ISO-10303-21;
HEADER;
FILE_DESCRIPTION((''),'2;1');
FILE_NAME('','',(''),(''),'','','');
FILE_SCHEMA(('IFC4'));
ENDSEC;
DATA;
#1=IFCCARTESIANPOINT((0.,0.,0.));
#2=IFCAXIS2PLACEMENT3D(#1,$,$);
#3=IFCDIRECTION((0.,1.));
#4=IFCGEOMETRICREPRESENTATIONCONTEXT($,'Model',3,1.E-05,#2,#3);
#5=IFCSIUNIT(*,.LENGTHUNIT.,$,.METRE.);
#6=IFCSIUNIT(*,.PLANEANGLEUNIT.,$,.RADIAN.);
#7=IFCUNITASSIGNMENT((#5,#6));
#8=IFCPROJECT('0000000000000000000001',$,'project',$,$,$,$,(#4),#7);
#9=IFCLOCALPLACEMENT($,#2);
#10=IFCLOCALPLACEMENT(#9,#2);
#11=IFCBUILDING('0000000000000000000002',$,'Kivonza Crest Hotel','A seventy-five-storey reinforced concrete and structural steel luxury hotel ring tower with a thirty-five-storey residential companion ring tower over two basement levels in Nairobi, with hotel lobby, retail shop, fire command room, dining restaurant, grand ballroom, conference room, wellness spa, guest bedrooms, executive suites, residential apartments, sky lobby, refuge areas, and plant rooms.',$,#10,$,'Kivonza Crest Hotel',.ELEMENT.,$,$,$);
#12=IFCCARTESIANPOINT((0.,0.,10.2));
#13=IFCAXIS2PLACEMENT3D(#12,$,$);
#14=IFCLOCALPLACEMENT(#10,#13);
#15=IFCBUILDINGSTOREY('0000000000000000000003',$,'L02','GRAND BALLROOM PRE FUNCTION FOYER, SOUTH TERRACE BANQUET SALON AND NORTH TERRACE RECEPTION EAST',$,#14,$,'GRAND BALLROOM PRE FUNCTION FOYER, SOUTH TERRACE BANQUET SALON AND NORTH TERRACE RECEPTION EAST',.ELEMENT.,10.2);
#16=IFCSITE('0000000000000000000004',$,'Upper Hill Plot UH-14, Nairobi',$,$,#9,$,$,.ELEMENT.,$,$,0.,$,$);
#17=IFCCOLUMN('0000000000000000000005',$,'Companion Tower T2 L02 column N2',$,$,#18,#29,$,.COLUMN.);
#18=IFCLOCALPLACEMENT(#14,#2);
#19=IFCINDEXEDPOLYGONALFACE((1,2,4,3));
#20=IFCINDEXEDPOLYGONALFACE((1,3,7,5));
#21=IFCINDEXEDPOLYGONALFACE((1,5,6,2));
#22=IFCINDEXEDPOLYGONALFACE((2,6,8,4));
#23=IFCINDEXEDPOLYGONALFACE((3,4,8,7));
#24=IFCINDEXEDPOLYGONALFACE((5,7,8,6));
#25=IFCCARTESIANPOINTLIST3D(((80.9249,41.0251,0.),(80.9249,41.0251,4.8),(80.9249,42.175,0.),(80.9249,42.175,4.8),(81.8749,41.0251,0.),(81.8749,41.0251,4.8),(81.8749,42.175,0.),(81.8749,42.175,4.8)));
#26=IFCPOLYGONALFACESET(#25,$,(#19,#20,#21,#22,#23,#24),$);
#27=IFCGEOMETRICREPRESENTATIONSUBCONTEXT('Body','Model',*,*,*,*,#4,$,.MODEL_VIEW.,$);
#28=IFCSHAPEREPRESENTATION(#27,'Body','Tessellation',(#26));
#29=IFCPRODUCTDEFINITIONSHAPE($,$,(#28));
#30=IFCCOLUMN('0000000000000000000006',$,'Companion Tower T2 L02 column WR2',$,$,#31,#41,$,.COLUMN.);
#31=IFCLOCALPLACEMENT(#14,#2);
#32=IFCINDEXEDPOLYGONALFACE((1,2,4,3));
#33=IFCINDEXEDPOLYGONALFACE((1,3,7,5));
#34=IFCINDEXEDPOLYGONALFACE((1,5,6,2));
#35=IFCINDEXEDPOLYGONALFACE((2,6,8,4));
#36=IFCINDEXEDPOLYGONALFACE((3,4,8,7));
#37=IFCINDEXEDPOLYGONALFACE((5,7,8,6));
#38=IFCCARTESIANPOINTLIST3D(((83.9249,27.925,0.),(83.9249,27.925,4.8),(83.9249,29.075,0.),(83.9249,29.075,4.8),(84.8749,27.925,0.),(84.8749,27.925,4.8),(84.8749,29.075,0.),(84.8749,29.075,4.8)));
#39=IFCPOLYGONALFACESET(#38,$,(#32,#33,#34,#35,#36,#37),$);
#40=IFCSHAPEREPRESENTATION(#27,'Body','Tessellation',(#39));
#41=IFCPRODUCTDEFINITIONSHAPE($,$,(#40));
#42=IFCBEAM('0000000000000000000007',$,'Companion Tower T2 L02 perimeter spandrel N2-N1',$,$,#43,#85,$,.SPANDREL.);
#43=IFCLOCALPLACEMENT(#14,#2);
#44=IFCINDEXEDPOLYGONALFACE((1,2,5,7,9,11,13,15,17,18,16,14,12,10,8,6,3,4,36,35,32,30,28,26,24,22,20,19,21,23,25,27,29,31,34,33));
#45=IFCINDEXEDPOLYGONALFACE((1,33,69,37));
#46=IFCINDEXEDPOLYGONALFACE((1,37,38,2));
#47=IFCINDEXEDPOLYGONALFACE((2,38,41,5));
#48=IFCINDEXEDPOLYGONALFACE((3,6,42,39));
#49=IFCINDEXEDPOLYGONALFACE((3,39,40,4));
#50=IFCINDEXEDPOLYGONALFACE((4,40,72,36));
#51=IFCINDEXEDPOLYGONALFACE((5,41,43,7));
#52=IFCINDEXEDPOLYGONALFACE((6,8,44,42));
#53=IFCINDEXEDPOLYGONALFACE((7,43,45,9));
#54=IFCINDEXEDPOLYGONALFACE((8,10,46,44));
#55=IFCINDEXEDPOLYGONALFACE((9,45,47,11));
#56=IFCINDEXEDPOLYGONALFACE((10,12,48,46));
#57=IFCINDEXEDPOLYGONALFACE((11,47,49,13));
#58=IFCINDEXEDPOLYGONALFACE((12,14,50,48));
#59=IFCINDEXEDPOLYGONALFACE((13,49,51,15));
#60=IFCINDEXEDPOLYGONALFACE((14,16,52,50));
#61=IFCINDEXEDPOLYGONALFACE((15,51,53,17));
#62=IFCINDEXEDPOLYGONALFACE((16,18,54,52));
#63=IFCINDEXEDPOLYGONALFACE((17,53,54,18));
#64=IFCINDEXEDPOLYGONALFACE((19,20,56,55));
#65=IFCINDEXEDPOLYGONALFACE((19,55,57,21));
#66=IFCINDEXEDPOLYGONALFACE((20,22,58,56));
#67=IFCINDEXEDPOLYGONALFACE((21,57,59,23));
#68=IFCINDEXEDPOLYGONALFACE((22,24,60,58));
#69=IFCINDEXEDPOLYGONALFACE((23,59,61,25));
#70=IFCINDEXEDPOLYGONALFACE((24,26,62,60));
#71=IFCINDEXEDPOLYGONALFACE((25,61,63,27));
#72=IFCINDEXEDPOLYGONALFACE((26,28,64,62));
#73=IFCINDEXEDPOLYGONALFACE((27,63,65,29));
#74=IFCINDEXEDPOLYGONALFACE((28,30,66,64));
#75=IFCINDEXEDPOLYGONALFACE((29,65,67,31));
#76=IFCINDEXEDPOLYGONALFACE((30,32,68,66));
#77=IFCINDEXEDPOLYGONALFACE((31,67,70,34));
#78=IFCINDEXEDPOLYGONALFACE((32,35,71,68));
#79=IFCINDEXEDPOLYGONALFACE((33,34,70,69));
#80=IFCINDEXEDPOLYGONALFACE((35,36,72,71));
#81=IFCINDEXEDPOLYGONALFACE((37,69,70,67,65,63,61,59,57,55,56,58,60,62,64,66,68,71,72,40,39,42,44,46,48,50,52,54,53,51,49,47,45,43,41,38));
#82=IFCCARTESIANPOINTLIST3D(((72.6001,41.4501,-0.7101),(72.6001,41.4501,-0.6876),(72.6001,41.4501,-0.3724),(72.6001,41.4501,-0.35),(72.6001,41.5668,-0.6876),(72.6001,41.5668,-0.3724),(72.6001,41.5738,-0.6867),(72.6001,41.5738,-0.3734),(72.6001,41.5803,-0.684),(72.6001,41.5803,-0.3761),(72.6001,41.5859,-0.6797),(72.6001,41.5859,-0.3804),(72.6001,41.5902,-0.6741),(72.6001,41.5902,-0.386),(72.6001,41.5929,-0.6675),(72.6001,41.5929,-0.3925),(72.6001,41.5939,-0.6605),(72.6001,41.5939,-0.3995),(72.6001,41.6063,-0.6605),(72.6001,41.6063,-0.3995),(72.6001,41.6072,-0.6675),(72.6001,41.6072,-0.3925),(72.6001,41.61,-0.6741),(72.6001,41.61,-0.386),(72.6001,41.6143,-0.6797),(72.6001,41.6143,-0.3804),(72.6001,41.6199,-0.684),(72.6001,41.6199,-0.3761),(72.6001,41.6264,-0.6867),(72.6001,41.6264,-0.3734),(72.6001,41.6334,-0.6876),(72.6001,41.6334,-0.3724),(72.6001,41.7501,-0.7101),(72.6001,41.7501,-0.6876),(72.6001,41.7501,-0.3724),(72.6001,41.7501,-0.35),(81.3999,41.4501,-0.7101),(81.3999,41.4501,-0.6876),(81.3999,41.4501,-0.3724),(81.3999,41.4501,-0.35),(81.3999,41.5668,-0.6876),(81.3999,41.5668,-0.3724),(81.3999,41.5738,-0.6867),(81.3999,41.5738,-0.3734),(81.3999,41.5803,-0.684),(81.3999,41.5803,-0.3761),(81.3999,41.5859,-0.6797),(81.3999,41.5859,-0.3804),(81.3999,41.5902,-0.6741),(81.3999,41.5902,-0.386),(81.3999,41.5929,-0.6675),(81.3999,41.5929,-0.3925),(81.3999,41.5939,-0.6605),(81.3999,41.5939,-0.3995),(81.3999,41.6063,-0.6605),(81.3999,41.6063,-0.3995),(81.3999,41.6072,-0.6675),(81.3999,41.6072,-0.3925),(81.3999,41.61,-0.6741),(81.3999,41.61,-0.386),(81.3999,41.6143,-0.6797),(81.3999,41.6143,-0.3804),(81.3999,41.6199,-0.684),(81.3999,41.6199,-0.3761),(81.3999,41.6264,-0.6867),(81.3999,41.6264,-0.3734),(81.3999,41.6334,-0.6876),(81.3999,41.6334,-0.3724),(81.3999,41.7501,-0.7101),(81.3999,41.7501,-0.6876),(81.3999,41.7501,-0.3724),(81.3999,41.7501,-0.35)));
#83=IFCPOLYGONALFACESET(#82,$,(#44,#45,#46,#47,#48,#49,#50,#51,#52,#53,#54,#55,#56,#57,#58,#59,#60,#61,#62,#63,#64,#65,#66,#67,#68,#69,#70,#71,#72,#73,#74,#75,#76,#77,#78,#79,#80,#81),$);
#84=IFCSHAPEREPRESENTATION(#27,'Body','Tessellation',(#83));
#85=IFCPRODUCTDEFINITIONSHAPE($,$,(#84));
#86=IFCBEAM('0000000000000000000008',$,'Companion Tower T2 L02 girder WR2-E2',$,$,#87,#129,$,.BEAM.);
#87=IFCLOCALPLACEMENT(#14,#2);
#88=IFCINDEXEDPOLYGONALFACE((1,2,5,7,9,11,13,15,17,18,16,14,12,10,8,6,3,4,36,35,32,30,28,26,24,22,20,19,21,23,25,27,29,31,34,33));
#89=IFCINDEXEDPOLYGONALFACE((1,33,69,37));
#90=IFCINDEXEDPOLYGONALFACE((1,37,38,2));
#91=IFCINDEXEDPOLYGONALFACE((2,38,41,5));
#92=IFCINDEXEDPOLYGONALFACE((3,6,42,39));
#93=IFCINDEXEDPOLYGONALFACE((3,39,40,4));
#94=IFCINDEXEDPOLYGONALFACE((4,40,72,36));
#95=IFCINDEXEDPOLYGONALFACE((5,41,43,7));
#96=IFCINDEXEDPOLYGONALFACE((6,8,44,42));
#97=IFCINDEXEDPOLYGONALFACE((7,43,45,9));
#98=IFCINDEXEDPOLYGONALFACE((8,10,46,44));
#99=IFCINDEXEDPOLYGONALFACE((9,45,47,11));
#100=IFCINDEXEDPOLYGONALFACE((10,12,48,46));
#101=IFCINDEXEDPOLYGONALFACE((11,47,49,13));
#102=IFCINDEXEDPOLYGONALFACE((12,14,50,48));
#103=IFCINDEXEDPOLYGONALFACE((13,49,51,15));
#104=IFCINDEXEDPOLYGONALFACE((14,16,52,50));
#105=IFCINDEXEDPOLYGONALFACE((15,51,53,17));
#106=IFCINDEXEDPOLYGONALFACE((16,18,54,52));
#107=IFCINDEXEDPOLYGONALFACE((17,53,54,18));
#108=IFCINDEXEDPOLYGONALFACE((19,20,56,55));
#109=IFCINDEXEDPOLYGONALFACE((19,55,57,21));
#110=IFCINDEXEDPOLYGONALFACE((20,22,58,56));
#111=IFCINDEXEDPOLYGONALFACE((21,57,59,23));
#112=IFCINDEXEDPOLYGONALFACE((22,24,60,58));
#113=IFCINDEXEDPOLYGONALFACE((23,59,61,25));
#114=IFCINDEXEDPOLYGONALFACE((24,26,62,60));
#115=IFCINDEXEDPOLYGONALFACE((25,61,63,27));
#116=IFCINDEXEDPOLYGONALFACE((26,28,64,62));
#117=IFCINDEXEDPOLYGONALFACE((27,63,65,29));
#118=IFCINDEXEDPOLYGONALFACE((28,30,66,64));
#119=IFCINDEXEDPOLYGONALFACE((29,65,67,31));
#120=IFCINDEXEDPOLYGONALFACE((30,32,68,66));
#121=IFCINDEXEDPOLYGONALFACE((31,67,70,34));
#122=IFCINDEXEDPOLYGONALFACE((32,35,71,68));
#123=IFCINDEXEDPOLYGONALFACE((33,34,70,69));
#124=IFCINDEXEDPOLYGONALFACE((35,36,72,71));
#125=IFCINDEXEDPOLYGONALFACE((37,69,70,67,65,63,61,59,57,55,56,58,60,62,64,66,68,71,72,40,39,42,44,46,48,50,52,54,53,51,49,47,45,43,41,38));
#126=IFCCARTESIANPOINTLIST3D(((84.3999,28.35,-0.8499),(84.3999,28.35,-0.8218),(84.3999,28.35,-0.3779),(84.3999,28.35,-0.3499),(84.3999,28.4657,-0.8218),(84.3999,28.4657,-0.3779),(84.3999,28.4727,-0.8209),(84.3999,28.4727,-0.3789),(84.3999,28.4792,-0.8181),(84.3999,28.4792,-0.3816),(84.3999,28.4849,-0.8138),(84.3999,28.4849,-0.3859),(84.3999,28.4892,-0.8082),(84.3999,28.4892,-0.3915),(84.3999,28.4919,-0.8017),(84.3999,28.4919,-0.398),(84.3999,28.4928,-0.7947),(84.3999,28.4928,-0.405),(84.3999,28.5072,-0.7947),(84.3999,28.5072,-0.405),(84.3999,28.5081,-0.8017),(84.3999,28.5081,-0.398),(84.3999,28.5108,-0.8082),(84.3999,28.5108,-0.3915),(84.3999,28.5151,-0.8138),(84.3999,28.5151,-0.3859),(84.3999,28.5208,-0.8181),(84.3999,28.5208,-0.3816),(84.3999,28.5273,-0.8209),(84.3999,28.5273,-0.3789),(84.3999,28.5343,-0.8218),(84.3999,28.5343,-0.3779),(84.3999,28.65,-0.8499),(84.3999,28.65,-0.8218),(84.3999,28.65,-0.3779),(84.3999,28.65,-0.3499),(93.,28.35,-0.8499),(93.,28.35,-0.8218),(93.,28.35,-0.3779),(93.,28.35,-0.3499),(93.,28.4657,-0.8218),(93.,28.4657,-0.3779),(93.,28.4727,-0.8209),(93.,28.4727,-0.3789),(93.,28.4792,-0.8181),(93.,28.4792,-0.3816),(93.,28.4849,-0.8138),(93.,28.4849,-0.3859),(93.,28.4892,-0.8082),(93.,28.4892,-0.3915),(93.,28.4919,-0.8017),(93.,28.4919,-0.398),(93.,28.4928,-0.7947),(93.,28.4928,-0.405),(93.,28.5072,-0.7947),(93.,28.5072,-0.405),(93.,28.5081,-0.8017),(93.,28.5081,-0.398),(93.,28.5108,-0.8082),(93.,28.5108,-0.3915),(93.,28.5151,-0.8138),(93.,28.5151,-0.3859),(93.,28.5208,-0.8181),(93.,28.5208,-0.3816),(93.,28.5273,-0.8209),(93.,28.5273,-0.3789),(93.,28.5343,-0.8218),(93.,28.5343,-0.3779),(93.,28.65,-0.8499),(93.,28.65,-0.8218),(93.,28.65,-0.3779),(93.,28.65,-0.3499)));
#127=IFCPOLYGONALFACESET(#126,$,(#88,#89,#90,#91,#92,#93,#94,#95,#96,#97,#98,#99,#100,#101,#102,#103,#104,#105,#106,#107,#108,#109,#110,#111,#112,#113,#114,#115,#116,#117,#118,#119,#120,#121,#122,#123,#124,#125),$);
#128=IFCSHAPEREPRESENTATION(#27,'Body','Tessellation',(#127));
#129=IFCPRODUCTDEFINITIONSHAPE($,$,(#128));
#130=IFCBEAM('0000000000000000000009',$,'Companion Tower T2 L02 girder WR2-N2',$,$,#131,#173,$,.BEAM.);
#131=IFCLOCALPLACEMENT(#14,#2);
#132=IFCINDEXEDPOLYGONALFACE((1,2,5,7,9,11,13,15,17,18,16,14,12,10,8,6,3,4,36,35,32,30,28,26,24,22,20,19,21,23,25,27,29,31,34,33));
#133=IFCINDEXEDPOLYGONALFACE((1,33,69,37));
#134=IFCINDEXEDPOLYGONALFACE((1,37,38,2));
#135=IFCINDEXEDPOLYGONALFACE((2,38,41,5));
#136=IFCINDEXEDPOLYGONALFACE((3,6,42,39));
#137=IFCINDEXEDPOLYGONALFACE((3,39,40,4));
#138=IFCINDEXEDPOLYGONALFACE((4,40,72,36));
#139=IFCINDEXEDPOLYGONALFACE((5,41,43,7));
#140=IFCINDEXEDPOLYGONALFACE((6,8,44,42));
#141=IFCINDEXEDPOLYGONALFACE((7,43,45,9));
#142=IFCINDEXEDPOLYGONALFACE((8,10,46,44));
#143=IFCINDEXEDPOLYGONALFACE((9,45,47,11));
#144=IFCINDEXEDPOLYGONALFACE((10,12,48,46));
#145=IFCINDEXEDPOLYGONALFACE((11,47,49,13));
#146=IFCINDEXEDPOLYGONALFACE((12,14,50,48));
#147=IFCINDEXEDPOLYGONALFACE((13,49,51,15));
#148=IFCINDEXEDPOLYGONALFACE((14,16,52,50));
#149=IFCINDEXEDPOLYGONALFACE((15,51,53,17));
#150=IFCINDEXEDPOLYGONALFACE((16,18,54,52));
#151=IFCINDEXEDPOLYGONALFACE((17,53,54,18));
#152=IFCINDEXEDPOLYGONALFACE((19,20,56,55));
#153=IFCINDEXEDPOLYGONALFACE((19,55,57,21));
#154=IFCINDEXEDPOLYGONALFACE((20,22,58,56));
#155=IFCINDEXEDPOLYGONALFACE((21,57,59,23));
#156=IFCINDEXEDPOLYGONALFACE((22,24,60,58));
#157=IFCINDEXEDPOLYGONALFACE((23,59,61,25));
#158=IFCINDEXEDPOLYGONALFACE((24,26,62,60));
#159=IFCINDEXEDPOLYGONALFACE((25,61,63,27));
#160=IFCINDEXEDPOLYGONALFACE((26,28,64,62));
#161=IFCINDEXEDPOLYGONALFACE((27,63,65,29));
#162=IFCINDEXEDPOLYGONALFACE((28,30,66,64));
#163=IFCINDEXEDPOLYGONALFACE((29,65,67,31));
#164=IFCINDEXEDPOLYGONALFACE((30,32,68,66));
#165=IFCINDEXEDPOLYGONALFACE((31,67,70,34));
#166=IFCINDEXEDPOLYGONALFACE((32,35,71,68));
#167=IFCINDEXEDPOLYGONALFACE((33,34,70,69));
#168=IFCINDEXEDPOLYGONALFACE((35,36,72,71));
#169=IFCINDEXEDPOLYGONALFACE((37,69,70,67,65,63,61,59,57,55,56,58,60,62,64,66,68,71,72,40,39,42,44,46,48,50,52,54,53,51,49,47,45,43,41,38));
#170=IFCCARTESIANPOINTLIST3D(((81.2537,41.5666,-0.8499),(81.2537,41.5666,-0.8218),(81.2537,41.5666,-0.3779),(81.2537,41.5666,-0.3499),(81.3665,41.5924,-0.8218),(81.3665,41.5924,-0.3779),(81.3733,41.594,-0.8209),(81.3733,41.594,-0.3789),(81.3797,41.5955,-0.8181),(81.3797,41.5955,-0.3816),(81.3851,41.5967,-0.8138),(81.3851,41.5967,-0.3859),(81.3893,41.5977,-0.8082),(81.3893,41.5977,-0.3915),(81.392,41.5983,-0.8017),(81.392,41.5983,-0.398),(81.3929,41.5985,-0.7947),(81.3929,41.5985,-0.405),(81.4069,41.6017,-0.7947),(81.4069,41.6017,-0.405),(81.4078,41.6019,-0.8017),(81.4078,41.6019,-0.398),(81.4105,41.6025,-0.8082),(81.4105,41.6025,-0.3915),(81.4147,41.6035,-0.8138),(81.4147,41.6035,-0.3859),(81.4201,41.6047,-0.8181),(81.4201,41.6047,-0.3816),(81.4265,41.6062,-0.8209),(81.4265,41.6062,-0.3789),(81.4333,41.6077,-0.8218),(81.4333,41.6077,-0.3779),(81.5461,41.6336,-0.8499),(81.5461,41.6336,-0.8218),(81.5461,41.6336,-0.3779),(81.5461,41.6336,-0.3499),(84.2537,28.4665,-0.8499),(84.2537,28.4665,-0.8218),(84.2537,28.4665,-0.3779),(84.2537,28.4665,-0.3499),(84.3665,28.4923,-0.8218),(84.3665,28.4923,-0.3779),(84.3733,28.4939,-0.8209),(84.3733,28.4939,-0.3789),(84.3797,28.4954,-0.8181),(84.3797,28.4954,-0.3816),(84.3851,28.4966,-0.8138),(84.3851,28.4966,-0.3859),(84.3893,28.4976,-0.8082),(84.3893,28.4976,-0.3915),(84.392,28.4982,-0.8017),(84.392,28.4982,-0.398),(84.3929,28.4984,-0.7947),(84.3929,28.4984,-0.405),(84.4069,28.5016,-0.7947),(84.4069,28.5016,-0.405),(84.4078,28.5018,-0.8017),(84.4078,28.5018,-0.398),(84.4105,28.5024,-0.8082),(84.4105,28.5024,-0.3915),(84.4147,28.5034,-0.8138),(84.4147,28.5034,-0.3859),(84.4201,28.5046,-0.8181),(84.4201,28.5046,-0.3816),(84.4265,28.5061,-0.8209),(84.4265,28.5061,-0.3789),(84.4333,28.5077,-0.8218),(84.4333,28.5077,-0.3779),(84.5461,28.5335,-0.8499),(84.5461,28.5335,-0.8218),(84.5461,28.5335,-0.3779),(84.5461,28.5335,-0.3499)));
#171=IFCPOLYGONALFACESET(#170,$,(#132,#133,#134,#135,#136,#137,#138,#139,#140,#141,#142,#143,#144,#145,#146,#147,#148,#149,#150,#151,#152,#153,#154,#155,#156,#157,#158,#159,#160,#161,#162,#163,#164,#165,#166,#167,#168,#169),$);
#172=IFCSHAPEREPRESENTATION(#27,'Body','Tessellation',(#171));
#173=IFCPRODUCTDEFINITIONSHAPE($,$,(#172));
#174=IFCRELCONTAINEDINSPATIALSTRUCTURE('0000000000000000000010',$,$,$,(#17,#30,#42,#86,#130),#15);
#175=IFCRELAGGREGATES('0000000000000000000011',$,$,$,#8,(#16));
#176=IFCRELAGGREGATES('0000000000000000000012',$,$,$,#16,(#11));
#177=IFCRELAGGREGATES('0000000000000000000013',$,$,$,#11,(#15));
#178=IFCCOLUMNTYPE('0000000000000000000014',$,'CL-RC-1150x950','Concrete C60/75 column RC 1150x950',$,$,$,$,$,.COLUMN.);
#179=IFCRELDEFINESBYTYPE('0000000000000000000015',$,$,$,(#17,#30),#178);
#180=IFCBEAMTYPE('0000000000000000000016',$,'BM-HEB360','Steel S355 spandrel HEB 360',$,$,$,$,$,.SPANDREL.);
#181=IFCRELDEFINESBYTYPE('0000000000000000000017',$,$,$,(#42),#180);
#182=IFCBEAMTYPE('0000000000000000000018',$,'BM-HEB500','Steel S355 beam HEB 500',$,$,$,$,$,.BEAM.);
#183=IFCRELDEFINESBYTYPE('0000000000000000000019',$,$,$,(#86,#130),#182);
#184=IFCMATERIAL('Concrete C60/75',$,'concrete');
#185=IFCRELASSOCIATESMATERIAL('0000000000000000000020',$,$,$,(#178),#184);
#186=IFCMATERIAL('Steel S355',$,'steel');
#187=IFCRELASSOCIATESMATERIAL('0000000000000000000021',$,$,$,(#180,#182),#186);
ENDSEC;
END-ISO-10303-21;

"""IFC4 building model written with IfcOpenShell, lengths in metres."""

from ifc_helpers import new_model, si_unit, direction, frame, origin, origin_2d, place, context, subcontext, project, spatial, rectangle, i_section, extrude, material, material_profile, profile_set, type_object, element, save


model = new_model("IFC4")

# Units and contexts
model_context = context("Model", 3, precision=1e-05, world=origin(), true_north=direction((0.0, 1.0)))
body_context = subcontext(model_context, "Body", "Model", "MODEL_VIEW")
ifc_project = project(units=[si_unit("LENGTHUNIT", "METRE"), si_unit("PLANEANGLEUNIT", "RADIAN")], contexts=[model_context])

# Site, building, storey
site_placement = place(None, origin())
site = spatial("IfcSite", under=ifc_project, at=site_placement, Name="Upper Hill Plot UH-14, Nairobi", CompositionType="ELEMENT", RefElevation=0.0)
building_placement = place(site_placement, origin())
building = spatial("IfcBuilding", under=site, at=building_placement, Name="Kivonza Crest Hotel", Description="A seventy-five-storey reinforced concrete and structural steel luxury hotel ring tower with a thirty-five-storey residential companion ring tower over two basement levels in Nairobi, with hotel lobby, retail shop, fire command room, dining restaurant, grand ballroom, conference room, wellness spa, guest bedrooms, executive suites, residential apartments, sky lobby, refuge areas, and plant rooms.", LongName="Kivonza Crest Hotel", CompositionType="ELEMENT")
storey_placement = place(building_placement, frame((0.0, 0.0, 10.2)))
storey = spatial("IfcBuildingStorey", under=building, at=storey_placement, Name="L02", Description="GRAND BALLROOM PRE FUNCTION FOYER, SOUTH TERRACE BANQUET SALON AND NORTH TERRACE RECEPTION EAST", LongName="GRAND BALLROOM PRE FUNCTION FOYER, SOUTH TERRACE BANQUET SALON AND NORTH TERRACE RECEPTION EAST", CompositionType="ELEMENT", Elevation=10.2)

# Columns
ifc_material_1 = material(Name="Concrete C60/75", Category="concrete")
ifc_material_profile_1 = material_profile(ifc_material_1, rectangle(XDim=0.95, YDim=1.1499, at=origin_2d()), Name="RC 1150x950")
ifc_profile_set_1 = profile_set([ifc_material_profile_1], Name="Concrete C60/75")
column_type = type_object("IfcColumnType", Name="CL-RC-1150x950", Description="Concrete C60/75 column RC 1150x950", PredefinedType="COLUMN", material=ifc_profile_set_1)
for number, where, z_axis, x_axis, name in (
    (1, (81.3999, 41.6001, 0.0), (0.0, 0.0, 1.0), (1.0, 0.0, 0.0), "Companion Tower T2 L02 column N2"),
    (2, (84.3999, 28.5, 0.0), (0.0, 0.0, 1.0), (1.0, 0.0, 0.0), "Companion Tower T2 L02 column WR2"),
):
    element("IfcColumn", number, at=place(storey_placement, frame(where, z_axis=z_axis, x_axis=x_axis)), inside=storey, type_object=column_type, Name=name, PredefinedType="COLUMN", context=body_context, shape_type="SweptSolid", body=[
        extrude(rectangle(XDim=0.95, YDim=1.1499, at=origin_2d()), origin(), (0.0, 0.0, 1.0), 4.8),
    ])

# Beams
ifc_material_2 = material(Name="Steel S355", Category="steel")
ifc_material_profile_2 = material_profile(ifc_material_2, i_section(OverallWidth=0.3, OverallDepth=0.3601, WebThickness=0.0125, FlangeThickness=0.0225, FilletRadius=0.0271, at=origin_2d()), Name="HEB 360")
ifc_profile_set_2 = profile_set([ifc_material_profile_2], Name="Steel S355")
beam_type_1 = type_object("IfcBeamType", Name="BM-HEB360", Description="Steel S355 spandrel HEB 360", PredefinedType="SPANDREL", material=ifc_profile_set_2)
beam_1_placement = place(storey_placement, frame((81.3999, 41.6001, -0.53), z_axis=(-1.0, 0.0, 0.0), x_axis=(0.0, -1.0, 0.0)))
element("IfcBeam", 3, at=beam_1_placement, inside=storey, type_object=beam_type_1, Name="Companion Tower T2 L02 perimeter spandrel N2-N1", PredefinedType="SPANDREL", context=body_context, shape_type="SweptSolid", body=[
    extrude(i_section(OverallWidth=0.3, OverallDepth=0.3601, WebThickness=0.0125, FlangeThickness=0.0225, FilletRadius=0.0271, at=origin_2d()), origin(), (0.0, 0.0, 1.0), 8.7998),
])
ifc_material_profile_3 = material_profile(ifc_material_2, i_section(OverallWidth=0.3, OverallDepth=0.5, WebThickness=0.0144, FlangeThickness=0.0281, FilletRadius=0.0271, at=origin_2d()), Name="HEB 500")
ifc_profile_set_3 = profile_set([ifc_material_profile_3], Name="Steel S355")
beam_type_2 = type_object("IfcBeamType", Name="BM-HEB500", Description="Steel S355 beam HEB 500", PredefinedType="BEAM", material=ifc_profile_set_3)
beam_2_placement = place(storey_placement, frame((84.3999, 28.5, -0.5999), z_axis=(1.0, 0.0, 0.0), x_axis=(0.0, 1.0, 0.0)))
element("IfcBeam", 4, at=beam_2_placement, inside=storey, type_object=beam_type_2, Name="Companion Tower T2 L02 girder WR2-E2", PredefinedType="BEAM", context=body_context, shape_type="SweptSolid", body=[
    extrude(i_section(OverallWidth=0.3, OverallDepth=0.5, WebThickness=0.0144, FlangeThickness=0.0281, FilletRadius=0.0271, at=origin_2d()), origin(), (0.0, 0.0, 1.0), 8.6001),
])
beam_3_placement = place(storey_placement, frame((84.3999, 28.5, -0.5999), z_axis=(-0.223227, 0.974766, 0.0), x_axis=(-0.974766, -0.223227, 0.0)))
element("IfcBeam", 5, at=beam_3_placement, inside=storey, type_object=beam_type_2, Name="Companion Tower T2 L02 girder WR2-N2", PredefinedType="BEAM", context=body_context, shape_type="SweptSolid", body=[
    extrude(i_section(OverallWidth=0.3, OverallDepth=0.5, WebThickness=0.0144, FlangeThickness=0.0281, FilletRadius=0.0271, at=origin_2d()), origin(), (0.0, 0.0, 1.0), 13.4392),
])

save(model, "model.ifc")
